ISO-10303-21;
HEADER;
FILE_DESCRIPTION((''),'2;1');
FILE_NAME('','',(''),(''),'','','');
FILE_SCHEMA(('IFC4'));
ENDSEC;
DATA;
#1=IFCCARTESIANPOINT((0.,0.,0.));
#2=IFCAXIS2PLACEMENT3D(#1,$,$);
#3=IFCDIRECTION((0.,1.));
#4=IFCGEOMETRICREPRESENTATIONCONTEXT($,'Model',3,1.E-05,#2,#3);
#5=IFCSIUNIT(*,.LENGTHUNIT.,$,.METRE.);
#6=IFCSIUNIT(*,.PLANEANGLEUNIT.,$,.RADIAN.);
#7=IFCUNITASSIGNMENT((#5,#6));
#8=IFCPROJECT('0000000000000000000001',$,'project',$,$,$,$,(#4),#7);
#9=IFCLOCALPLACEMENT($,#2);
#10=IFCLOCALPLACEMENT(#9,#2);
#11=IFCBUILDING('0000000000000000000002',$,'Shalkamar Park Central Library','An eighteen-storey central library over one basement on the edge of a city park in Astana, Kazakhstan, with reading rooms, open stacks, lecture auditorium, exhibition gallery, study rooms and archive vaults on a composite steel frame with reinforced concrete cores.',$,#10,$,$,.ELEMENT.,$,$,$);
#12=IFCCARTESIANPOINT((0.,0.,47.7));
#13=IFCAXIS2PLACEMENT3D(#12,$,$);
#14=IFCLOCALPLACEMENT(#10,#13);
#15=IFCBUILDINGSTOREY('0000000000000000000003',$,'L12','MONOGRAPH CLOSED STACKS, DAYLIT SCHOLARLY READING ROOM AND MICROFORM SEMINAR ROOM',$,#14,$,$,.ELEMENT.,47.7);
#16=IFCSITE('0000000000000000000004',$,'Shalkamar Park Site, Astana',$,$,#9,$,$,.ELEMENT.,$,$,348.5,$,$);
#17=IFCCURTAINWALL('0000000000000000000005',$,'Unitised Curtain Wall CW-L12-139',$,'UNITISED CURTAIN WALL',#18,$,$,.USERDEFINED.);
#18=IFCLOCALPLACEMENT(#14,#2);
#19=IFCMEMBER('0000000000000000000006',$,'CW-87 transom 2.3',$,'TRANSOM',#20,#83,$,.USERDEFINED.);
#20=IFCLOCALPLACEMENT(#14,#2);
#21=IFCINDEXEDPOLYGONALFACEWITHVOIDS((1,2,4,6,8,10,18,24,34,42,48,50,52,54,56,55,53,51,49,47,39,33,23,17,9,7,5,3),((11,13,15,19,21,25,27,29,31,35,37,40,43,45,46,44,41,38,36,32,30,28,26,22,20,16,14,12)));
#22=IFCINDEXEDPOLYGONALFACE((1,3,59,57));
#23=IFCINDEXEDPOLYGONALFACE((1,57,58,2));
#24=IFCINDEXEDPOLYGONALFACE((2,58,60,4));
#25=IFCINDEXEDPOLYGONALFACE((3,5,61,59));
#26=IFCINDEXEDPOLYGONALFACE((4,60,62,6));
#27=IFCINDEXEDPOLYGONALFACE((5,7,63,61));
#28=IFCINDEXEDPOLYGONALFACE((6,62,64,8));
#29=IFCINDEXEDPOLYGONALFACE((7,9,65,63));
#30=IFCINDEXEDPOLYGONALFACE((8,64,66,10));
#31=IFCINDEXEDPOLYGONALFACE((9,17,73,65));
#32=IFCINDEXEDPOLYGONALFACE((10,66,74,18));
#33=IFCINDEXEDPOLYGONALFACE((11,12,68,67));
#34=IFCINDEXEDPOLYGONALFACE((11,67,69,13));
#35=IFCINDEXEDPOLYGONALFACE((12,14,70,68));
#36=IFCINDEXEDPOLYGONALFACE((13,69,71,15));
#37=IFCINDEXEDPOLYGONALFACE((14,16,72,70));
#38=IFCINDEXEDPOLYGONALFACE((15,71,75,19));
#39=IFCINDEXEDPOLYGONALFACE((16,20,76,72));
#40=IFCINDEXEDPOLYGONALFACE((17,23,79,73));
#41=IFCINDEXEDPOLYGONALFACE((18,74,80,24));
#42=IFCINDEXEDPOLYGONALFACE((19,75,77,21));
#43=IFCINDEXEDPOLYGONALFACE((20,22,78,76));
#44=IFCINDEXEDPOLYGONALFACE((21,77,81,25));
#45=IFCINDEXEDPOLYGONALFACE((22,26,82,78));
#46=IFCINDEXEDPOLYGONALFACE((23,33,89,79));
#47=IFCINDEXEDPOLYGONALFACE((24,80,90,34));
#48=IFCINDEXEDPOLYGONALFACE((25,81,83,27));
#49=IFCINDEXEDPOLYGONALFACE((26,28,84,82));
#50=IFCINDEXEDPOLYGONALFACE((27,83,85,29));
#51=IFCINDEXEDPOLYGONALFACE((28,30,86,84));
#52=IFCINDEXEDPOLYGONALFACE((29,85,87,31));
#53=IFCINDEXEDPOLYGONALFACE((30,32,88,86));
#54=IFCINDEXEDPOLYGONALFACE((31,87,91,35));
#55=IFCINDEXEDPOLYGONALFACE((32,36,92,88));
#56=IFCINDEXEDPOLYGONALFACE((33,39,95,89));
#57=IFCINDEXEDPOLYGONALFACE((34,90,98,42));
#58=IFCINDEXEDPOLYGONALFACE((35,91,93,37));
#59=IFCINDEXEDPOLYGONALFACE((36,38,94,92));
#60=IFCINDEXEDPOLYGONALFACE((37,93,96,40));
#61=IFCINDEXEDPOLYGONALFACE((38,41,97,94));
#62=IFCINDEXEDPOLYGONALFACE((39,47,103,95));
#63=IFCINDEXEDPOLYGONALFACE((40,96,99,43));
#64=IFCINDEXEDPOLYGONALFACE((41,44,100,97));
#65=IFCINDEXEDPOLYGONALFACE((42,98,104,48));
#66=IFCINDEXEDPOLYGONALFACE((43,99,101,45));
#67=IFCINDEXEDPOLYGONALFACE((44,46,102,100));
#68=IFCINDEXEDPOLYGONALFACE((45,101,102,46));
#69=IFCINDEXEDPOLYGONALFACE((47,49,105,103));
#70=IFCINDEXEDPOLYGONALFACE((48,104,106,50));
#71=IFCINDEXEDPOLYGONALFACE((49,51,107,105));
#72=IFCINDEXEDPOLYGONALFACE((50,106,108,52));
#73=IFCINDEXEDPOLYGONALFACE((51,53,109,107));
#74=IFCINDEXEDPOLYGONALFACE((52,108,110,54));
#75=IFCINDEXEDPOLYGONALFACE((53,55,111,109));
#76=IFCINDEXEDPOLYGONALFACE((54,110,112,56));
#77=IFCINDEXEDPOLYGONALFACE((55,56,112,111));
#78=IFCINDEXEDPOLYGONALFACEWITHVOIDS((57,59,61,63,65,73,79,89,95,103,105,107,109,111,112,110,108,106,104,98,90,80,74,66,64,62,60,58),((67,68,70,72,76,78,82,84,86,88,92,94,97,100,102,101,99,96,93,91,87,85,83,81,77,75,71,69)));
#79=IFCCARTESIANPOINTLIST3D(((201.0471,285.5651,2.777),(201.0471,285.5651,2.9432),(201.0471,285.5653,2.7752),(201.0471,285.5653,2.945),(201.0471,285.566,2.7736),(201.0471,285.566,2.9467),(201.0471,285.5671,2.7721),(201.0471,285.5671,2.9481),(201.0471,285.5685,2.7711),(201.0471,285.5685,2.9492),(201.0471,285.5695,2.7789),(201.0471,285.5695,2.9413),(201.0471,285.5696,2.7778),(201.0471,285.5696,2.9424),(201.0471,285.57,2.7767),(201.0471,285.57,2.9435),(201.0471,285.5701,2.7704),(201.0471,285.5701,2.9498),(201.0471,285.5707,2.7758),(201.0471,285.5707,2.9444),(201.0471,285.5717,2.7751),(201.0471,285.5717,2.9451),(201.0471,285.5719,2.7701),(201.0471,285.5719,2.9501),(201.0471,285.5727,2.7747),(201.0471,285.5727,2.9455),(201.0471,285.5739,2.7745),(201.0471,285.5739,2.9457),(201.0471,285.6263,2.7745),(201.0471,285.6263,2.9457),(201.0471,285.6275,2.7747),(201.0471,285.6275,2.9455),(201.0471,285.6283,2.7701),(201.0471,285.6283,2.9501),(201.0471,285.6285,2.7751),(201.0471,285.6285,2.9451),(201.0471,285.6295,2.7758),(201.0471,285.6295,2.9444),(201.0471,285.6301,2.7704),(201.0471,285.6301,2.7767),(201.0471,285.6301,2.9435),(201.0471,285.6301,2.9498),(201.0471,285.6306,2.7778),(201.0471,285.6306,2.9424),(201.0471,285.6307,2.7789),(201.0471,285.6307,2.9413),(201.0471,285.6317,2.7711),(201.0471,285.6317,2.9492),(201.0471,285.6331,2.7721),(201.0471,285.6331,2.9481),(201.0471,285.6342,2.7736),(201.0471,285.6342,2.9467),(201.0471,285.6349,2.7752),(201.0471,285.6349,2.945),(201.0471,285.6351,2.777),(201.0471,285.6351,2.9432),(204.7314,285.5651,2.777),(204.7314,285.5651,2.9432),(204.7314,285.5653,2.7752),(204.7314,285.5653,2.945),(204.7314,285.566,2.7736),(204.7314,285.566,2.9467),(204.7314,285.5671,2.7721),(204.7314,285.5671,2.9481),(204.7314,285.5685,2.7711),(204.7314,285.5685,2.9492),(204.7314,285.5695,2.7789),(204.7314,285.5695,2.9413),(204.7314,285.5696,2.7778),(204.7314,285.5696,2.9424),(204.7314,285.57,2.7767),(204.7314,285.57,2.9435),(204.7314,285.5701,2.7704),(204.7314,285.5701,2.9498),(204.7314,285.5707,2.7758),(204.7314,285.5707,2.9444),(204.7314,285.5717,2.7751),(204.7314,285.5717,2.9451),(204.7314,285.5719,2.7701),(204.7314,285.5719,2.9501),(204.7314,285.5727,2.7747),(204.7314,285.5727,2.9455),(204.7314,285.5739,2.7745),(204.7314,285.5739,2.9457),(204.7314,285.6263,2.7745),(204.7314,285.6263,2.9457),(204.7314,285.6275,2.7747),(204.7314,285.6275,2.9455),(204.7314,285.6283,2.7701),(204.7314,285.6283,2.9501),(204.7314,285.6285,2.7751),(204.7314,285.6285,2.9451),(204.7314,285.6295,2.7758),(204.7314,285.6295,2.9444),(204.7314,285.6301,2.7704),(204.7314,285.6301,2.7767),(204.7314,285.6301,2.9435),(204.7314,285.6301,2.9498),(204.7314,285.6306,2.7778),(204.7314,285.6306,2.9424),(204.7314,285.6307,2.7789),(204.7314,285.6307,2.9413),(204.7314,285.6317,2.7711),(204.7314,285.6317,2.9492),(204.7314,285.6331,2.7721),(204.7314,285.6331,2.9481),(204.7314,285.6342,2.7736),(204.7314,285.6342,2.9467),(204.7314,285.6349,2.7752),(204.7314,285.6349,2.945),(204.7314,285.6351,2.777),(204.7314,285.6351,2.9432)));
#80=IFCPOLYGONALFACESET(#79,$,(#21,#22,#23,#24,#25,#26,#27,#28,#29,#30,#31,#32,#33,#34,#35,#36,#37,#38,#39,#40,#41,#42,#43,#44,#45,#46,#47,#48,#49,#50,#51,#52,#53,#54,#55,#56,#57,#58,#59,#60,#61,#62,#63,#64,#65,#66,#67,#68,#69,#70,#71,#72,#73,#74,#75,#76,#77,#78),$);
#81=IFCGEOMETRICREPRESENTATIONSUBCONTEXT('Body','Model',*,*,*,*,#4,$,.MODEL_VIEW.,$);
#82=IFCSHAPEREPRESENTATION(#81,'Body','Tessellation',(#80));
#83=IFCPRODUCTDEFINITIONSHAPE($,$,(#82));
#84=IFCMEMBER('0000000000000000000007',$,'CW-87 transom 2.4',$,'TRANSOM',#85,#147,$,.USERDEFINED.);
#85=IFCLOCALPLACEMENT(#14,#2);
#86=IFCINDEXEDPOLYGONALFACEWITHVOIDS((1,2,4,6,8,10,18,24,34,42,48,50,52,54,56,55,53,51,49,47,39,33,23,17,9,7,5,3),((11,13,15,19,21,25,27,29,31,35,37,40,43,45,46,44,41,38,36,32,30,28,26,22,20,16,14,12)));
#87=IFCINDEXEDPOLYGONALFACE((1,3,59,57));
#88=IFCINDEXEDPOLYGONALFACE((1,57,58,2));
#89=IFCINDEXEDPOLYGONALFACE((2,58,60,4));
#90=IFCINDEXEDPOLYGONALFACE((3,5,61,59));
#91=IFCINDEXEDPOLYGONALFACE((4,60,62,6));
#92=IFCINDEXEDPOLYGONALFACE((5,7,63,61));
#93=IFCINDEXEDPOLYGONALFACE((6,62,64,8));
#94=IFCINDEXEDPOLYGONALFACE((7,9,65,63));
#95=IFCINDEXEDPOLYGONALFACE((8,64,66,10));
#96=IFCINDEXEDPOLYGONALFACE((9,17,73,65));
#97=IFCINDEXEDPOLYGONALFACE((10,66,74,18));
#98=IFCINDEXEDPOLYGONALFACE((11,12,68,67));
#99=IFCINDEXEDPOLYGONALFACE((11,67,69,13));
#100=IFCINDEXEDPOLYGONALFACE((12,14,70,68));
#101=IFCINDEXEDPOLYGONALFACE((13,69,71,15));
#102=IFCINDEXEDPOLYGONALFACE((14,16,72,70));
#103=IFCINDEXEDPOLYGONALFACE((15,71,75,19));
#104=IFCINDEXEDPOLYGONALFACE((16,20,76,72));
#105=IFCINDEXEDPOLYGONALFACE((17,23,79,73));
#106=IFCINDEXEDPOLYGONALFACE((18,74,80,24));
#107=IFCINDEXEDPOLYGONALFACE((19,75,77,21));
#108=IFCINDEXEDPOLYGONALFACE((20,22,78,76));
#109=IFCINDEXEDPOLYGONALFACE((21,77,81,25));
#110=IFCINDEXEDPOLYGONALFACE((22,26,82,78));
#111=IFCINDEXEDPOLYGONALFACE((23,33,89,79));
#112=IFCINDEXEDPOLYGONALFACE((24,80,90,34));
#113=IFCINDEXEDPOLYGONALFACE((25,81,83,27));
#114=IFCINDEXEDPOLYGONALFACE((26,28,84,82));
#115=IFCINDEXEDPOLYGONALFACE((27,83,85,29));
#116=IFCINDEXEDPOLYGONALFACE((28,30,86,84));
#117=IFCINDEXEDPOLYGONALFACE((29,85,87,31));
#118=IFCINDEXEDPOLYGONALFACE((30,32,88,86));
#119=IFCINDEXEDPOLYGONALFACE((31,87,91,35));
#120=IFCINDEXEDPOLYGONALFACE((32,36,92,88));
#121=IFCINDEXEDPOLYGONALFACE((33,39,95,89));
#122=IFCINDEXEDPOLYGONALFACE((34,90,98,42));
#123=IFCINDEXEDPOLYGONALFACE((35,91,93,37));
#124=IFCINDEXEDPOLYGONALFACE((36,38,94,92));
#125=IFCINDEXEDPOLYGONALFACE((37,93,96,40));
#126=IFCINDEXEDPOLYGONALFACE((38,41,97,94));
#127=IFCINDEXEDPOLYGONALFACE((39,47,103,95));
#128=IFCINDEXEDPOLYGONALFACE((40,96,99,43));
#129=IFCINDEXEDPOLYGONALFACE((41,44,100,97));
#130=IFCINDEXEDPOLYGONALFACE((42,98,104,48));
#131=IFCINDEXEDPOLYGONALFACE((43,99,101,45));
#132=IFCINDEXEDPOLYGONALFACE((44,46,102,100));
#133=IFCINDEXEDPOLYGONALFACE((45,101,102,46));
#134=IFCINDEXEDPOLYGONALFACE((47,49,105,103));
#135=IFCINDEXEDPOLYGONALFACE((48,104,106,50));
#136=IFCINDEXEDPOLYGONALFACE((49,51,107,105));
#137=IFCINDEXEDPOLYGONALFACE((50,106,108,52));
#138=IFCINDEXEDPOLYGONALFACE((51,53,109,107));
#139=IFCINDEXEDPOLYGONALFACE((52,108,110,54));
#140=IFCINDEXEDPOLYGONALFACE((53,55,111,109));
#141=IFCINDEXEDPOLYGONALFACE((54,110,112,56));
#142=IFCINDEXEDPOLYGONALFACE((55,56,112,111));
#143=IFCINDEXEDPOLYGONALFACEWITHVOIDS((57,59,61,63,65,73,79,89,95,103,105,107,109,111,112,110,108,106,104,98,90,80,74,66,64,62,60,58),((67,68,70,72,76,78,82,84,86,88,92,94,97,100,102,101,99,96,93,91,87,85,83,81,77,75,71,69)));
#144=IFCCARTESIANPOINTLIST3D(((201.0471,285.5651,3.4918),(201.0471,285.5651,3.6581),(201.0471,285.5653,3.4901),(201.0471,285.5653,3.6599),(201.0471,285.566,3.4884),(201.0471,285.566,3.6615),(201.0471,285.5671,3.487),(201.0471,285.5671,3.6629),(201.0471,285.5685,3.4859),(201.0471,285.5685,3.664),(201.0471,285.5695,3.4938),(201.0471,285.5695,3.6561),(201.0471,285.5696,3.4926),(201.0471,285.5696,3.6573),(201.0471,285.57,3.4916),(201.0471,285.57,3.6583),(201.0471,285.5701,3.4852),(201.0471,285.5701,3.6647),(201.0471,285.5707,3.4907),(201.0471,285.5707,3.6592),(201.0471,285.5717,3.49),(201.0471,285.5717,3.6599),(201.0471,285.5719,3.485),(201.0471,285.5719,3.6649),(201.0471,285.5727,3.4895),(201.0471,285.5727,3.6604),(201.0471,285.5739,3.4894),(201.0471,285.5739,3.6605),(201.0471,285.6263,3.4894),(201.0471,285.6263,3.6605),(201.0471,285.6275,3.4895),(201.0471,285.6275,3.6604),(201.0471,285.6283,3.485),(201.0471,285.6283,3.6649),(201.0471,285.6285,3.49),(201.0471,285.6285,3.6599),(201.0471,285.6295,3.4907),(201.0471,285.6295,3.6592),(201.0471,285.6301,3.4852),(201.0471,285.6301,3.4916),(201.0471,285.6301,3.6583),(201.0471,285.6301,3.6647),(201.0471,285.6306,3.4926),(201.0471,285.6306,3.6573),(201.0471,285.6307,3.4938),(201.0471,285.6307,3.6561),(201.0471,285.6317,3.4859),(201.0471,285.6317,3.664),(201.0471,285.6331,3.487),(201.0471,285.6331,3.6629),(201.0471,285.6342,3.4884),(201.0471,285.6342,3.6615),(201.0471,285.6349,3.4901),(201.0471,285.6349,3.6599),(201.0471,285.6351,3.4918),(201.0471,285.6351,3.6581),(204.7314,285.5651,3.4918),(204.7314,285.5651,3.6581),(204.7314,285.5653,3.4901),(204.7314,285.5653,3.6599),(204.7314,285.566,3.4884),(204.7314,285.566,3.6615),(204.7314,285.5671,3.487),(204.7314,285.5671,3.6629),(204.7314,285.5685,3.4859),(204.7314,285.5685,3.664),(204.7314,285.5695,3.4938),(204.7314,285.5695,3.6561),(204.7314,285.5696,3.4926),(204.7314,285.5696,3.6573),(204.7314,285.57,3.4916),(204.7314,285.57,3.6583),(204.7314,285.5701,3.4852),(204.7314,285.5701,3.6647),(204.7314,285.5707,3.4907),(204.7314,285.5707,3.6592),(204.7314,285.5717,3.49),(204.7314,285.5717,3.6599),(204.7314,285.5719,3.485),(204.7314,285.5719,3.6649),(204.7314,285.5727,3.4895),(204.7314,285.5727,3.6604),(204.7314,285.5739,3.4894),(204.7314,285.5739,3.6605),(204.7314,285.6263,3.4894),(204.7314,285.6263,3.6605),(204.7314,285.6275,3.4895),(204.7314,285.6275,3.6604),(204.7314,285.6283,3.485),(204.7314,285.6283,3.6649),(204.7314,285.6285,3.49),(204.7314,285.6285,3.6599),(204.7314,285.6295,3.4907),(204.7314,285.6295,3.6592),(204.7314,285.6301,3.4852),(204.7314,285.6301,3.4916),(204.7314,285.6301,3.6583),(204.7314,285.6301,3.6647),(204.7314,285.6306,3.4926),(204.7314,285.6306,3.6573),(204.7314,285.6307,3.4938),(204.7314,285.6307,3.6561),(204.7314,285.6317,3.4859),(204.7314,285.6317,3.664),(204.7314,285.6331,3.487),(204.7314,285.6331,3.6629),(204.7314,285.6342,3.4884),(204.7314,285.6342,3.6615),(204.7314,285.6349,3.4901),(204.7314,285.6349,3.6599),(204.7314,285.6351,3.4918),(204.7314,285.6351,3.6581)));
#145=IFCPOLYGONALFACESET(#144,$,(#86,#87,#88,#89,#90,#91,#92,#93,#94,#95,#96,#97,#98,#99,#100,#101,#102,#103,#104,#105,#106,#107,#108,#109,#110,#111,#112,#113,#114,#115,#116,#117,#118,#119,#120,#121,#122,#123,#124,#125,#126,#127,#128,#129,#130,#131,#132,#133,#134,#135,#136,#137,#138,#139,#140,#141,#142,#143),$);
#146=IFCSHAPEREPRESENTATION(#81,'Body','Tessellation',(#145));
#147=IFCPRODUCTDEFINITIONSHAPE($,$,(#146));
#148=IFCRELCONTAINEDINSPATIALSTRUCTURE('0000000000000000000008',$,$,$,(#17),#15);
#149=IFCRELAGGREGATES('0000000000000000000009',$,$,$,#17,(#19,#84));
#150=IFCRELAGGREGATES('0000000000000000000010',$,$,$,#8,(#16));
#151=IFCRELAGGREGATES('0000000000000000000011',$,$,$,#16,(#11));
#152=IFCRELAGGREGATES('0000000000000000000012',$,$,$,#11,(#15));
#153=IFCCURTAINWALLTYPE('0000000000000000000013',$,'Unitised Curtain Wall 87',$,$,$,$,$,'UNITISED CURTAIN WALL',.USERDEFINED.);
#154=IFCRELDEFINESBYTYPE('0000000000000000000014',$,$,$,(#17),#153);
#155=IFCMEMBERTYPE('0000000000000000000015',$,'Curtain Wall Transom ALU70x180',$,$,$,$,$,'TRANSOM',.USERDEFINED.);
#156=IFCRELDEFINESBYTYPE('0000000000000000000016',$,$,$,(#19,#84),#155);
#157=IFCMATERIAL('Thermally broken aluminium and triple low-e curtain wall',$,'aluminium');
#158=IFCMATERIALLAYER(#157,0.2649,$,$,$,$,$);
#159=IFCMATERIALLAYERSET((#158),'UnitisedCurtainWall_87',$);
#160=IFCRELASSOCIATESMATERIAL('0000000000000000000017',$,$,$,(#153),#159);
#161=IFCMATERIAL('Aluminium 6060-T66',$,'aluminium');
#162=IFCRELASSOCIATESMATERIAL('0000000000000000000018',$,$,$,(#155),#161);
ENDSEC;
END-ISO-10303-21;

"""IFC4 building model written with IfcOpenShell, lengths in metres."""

from ifc_helpers import new_model, si_unit, direction, frame, origin, origin_2d, place, context, subcontext, project, spatial, hollow_rectangle, extrude, material, layer, layer_set, material_profile, profile_set, type_object, element, aggregate, save


model = new_model("IFC4")

# Units and contexts
model_context = context("Model", 3, precision=1e-05, world=origin(), true_north=direction((0.0, 1.0)))
body_context = subcontext(model_context, "Body", "Model", "MODEL_VIEW")
ifc_project = project(units=[si_unit("LENGTHUNIT", "METRE"), si_unit("PLANEANGLEUNIT", "RADIAN")], contexts=[model_context])

# Site, building, storey
site_placement = place(None, origin())
site = spatial("IfcSite", under=ifc_project, at=site_placement, Name="Shalkamar Park Site, Astana", CompositionType="ELEMENT", RefElevation=348.5)
building_placement = place(site_placement, origin())
building = spatial("IfcBuilding", under=site, at=building_placement, Name="Shalkamar Park Central Library", Description="An eighteen-storey central library over one basement on the edge of a city park in Astana, Kazakhstan, with reading rooms, open stacks, lecture auditorium, exhibition gallery, study rooms and archive vaults on a composite steel frame with reinforced concrete cores.", CompositionType="ELEMENT")
storey_placement = place(building_placement, frame((0.0, 0.0, 47.7)))
storey = spatial("IfcBuildingStorey", under=building, at=storey_placement, Name="L12", Description="MONOGRAPH CLOSED STACKS, DAYLIT SCHOLARLY READING ROOM AND MICROFORM SEMINAR ROOM", CompositionType="ELEMENT", Elevation=47.7)

# Curtain wall
ifc_material_1 = material(Name="Thermally broken aluminium and triple low-e curtain wall", Category="aluminium")
ifc_layer_1 = layer(ifc_material_1, 0.2649)
ifc_layer_set_1 = layer_set([ifc_layer_1], Name="UnitisedCurtainWall_87")
curtain_wall_type_1 = type_object("IfcCurtainWallType", Name="Unitised Curtain Wall 87", ElementType="UNITISED CURTAIN WALL", PredefinedType="USERDEFINED", material=ifc_layer_set_1)
curtain_wall_1_placement = place(storey_placement, origin())
curtain_wall_1 = element("IfcCurtainWall", 1, at=curtain_wall_1_placement, inside=storey, type_object=curtain_wall_type_1, Name="Unitised Curtain Wall CW-L12-139", ObjectType="UNITISED CURTAIN WALL", PredefinedType="USERDEFINED")
ifc_material_2 = material(Name="Aluminium 6060-T66", Category="aluminium")

# Members
ifc_material_profile_1 = material_profile(ifc_material_2, hollow_rectangle(XDim=0.0701, YDim=0.1799, WallThickness=0.0044, InnerFilletRadius=0.0044, OuterFilletRadius=0.0068, at=origin_2d()), Name="ALU 70x180x4.5")
ifc_profile_set_1 = profile_set([ifc_material_profile_1], Name="Aluminium 6060-T66")
member_type_1 = type_object("IfcMemberType", Name="Curtain Wall Transom ALU70x180", ElementType="TRANSOM", PredefinedType="USERDEFINED", material=ifc_profile_set_1)
member_1_placement = place(storey_placement, frame((201.0471, 285.6001, 2.8601), z_axis=(1.0, 0.0, 0.0), x_axis=(0.0, 1.0, 0.0)))
member_1 = element("IfcMember", 2, at=member_1_placement, type_object=member_type_1, Name="CW-87 transom 2.3", ObjectType="TRANSOM", PredefinedType="USERDEFINED", context=body_context, shape_type="SweptSolid", body=[
    extrude(hollow_rectangle(XDim=0.0701, YDim=0.1799, WallThickness=0.0044, InnerFilletRadius=0.0044, OuterFilletRadius=0.0068, at=origin_2d()), origin(), (0.0, 0.0, 1.0), 3.6843),
])
member_2_placement = place(storey_placement, frame((201.0471, 285.6001, 3.575), z_axis=(1.0, 0.0, 0.0), x_axis=(0.0, 1.0, 0.0)))
member_2 = element("IfcMember", 3, at=member_2_placement, type_object=member_type_1, Name="CW-87 transom 2.4", ObjectType="TRANSOM", PredefinedType="USERDEFINED", context=body_context, shape_type="SweptSolid", body=[
    extrude(hollow_rectangle(XDim=0.0701, YDim=0.1799, WallThickness=0.0044, InnerFilletRadius=0.0044, OuterFilletRadius=0.0068, at=origin_2d()), origin(), (0.0, 0.0, 1.0), 3.6843),
])

aggregate(curtain_wall_1, [member_1, member_2])

save(model, "model.ifc")
